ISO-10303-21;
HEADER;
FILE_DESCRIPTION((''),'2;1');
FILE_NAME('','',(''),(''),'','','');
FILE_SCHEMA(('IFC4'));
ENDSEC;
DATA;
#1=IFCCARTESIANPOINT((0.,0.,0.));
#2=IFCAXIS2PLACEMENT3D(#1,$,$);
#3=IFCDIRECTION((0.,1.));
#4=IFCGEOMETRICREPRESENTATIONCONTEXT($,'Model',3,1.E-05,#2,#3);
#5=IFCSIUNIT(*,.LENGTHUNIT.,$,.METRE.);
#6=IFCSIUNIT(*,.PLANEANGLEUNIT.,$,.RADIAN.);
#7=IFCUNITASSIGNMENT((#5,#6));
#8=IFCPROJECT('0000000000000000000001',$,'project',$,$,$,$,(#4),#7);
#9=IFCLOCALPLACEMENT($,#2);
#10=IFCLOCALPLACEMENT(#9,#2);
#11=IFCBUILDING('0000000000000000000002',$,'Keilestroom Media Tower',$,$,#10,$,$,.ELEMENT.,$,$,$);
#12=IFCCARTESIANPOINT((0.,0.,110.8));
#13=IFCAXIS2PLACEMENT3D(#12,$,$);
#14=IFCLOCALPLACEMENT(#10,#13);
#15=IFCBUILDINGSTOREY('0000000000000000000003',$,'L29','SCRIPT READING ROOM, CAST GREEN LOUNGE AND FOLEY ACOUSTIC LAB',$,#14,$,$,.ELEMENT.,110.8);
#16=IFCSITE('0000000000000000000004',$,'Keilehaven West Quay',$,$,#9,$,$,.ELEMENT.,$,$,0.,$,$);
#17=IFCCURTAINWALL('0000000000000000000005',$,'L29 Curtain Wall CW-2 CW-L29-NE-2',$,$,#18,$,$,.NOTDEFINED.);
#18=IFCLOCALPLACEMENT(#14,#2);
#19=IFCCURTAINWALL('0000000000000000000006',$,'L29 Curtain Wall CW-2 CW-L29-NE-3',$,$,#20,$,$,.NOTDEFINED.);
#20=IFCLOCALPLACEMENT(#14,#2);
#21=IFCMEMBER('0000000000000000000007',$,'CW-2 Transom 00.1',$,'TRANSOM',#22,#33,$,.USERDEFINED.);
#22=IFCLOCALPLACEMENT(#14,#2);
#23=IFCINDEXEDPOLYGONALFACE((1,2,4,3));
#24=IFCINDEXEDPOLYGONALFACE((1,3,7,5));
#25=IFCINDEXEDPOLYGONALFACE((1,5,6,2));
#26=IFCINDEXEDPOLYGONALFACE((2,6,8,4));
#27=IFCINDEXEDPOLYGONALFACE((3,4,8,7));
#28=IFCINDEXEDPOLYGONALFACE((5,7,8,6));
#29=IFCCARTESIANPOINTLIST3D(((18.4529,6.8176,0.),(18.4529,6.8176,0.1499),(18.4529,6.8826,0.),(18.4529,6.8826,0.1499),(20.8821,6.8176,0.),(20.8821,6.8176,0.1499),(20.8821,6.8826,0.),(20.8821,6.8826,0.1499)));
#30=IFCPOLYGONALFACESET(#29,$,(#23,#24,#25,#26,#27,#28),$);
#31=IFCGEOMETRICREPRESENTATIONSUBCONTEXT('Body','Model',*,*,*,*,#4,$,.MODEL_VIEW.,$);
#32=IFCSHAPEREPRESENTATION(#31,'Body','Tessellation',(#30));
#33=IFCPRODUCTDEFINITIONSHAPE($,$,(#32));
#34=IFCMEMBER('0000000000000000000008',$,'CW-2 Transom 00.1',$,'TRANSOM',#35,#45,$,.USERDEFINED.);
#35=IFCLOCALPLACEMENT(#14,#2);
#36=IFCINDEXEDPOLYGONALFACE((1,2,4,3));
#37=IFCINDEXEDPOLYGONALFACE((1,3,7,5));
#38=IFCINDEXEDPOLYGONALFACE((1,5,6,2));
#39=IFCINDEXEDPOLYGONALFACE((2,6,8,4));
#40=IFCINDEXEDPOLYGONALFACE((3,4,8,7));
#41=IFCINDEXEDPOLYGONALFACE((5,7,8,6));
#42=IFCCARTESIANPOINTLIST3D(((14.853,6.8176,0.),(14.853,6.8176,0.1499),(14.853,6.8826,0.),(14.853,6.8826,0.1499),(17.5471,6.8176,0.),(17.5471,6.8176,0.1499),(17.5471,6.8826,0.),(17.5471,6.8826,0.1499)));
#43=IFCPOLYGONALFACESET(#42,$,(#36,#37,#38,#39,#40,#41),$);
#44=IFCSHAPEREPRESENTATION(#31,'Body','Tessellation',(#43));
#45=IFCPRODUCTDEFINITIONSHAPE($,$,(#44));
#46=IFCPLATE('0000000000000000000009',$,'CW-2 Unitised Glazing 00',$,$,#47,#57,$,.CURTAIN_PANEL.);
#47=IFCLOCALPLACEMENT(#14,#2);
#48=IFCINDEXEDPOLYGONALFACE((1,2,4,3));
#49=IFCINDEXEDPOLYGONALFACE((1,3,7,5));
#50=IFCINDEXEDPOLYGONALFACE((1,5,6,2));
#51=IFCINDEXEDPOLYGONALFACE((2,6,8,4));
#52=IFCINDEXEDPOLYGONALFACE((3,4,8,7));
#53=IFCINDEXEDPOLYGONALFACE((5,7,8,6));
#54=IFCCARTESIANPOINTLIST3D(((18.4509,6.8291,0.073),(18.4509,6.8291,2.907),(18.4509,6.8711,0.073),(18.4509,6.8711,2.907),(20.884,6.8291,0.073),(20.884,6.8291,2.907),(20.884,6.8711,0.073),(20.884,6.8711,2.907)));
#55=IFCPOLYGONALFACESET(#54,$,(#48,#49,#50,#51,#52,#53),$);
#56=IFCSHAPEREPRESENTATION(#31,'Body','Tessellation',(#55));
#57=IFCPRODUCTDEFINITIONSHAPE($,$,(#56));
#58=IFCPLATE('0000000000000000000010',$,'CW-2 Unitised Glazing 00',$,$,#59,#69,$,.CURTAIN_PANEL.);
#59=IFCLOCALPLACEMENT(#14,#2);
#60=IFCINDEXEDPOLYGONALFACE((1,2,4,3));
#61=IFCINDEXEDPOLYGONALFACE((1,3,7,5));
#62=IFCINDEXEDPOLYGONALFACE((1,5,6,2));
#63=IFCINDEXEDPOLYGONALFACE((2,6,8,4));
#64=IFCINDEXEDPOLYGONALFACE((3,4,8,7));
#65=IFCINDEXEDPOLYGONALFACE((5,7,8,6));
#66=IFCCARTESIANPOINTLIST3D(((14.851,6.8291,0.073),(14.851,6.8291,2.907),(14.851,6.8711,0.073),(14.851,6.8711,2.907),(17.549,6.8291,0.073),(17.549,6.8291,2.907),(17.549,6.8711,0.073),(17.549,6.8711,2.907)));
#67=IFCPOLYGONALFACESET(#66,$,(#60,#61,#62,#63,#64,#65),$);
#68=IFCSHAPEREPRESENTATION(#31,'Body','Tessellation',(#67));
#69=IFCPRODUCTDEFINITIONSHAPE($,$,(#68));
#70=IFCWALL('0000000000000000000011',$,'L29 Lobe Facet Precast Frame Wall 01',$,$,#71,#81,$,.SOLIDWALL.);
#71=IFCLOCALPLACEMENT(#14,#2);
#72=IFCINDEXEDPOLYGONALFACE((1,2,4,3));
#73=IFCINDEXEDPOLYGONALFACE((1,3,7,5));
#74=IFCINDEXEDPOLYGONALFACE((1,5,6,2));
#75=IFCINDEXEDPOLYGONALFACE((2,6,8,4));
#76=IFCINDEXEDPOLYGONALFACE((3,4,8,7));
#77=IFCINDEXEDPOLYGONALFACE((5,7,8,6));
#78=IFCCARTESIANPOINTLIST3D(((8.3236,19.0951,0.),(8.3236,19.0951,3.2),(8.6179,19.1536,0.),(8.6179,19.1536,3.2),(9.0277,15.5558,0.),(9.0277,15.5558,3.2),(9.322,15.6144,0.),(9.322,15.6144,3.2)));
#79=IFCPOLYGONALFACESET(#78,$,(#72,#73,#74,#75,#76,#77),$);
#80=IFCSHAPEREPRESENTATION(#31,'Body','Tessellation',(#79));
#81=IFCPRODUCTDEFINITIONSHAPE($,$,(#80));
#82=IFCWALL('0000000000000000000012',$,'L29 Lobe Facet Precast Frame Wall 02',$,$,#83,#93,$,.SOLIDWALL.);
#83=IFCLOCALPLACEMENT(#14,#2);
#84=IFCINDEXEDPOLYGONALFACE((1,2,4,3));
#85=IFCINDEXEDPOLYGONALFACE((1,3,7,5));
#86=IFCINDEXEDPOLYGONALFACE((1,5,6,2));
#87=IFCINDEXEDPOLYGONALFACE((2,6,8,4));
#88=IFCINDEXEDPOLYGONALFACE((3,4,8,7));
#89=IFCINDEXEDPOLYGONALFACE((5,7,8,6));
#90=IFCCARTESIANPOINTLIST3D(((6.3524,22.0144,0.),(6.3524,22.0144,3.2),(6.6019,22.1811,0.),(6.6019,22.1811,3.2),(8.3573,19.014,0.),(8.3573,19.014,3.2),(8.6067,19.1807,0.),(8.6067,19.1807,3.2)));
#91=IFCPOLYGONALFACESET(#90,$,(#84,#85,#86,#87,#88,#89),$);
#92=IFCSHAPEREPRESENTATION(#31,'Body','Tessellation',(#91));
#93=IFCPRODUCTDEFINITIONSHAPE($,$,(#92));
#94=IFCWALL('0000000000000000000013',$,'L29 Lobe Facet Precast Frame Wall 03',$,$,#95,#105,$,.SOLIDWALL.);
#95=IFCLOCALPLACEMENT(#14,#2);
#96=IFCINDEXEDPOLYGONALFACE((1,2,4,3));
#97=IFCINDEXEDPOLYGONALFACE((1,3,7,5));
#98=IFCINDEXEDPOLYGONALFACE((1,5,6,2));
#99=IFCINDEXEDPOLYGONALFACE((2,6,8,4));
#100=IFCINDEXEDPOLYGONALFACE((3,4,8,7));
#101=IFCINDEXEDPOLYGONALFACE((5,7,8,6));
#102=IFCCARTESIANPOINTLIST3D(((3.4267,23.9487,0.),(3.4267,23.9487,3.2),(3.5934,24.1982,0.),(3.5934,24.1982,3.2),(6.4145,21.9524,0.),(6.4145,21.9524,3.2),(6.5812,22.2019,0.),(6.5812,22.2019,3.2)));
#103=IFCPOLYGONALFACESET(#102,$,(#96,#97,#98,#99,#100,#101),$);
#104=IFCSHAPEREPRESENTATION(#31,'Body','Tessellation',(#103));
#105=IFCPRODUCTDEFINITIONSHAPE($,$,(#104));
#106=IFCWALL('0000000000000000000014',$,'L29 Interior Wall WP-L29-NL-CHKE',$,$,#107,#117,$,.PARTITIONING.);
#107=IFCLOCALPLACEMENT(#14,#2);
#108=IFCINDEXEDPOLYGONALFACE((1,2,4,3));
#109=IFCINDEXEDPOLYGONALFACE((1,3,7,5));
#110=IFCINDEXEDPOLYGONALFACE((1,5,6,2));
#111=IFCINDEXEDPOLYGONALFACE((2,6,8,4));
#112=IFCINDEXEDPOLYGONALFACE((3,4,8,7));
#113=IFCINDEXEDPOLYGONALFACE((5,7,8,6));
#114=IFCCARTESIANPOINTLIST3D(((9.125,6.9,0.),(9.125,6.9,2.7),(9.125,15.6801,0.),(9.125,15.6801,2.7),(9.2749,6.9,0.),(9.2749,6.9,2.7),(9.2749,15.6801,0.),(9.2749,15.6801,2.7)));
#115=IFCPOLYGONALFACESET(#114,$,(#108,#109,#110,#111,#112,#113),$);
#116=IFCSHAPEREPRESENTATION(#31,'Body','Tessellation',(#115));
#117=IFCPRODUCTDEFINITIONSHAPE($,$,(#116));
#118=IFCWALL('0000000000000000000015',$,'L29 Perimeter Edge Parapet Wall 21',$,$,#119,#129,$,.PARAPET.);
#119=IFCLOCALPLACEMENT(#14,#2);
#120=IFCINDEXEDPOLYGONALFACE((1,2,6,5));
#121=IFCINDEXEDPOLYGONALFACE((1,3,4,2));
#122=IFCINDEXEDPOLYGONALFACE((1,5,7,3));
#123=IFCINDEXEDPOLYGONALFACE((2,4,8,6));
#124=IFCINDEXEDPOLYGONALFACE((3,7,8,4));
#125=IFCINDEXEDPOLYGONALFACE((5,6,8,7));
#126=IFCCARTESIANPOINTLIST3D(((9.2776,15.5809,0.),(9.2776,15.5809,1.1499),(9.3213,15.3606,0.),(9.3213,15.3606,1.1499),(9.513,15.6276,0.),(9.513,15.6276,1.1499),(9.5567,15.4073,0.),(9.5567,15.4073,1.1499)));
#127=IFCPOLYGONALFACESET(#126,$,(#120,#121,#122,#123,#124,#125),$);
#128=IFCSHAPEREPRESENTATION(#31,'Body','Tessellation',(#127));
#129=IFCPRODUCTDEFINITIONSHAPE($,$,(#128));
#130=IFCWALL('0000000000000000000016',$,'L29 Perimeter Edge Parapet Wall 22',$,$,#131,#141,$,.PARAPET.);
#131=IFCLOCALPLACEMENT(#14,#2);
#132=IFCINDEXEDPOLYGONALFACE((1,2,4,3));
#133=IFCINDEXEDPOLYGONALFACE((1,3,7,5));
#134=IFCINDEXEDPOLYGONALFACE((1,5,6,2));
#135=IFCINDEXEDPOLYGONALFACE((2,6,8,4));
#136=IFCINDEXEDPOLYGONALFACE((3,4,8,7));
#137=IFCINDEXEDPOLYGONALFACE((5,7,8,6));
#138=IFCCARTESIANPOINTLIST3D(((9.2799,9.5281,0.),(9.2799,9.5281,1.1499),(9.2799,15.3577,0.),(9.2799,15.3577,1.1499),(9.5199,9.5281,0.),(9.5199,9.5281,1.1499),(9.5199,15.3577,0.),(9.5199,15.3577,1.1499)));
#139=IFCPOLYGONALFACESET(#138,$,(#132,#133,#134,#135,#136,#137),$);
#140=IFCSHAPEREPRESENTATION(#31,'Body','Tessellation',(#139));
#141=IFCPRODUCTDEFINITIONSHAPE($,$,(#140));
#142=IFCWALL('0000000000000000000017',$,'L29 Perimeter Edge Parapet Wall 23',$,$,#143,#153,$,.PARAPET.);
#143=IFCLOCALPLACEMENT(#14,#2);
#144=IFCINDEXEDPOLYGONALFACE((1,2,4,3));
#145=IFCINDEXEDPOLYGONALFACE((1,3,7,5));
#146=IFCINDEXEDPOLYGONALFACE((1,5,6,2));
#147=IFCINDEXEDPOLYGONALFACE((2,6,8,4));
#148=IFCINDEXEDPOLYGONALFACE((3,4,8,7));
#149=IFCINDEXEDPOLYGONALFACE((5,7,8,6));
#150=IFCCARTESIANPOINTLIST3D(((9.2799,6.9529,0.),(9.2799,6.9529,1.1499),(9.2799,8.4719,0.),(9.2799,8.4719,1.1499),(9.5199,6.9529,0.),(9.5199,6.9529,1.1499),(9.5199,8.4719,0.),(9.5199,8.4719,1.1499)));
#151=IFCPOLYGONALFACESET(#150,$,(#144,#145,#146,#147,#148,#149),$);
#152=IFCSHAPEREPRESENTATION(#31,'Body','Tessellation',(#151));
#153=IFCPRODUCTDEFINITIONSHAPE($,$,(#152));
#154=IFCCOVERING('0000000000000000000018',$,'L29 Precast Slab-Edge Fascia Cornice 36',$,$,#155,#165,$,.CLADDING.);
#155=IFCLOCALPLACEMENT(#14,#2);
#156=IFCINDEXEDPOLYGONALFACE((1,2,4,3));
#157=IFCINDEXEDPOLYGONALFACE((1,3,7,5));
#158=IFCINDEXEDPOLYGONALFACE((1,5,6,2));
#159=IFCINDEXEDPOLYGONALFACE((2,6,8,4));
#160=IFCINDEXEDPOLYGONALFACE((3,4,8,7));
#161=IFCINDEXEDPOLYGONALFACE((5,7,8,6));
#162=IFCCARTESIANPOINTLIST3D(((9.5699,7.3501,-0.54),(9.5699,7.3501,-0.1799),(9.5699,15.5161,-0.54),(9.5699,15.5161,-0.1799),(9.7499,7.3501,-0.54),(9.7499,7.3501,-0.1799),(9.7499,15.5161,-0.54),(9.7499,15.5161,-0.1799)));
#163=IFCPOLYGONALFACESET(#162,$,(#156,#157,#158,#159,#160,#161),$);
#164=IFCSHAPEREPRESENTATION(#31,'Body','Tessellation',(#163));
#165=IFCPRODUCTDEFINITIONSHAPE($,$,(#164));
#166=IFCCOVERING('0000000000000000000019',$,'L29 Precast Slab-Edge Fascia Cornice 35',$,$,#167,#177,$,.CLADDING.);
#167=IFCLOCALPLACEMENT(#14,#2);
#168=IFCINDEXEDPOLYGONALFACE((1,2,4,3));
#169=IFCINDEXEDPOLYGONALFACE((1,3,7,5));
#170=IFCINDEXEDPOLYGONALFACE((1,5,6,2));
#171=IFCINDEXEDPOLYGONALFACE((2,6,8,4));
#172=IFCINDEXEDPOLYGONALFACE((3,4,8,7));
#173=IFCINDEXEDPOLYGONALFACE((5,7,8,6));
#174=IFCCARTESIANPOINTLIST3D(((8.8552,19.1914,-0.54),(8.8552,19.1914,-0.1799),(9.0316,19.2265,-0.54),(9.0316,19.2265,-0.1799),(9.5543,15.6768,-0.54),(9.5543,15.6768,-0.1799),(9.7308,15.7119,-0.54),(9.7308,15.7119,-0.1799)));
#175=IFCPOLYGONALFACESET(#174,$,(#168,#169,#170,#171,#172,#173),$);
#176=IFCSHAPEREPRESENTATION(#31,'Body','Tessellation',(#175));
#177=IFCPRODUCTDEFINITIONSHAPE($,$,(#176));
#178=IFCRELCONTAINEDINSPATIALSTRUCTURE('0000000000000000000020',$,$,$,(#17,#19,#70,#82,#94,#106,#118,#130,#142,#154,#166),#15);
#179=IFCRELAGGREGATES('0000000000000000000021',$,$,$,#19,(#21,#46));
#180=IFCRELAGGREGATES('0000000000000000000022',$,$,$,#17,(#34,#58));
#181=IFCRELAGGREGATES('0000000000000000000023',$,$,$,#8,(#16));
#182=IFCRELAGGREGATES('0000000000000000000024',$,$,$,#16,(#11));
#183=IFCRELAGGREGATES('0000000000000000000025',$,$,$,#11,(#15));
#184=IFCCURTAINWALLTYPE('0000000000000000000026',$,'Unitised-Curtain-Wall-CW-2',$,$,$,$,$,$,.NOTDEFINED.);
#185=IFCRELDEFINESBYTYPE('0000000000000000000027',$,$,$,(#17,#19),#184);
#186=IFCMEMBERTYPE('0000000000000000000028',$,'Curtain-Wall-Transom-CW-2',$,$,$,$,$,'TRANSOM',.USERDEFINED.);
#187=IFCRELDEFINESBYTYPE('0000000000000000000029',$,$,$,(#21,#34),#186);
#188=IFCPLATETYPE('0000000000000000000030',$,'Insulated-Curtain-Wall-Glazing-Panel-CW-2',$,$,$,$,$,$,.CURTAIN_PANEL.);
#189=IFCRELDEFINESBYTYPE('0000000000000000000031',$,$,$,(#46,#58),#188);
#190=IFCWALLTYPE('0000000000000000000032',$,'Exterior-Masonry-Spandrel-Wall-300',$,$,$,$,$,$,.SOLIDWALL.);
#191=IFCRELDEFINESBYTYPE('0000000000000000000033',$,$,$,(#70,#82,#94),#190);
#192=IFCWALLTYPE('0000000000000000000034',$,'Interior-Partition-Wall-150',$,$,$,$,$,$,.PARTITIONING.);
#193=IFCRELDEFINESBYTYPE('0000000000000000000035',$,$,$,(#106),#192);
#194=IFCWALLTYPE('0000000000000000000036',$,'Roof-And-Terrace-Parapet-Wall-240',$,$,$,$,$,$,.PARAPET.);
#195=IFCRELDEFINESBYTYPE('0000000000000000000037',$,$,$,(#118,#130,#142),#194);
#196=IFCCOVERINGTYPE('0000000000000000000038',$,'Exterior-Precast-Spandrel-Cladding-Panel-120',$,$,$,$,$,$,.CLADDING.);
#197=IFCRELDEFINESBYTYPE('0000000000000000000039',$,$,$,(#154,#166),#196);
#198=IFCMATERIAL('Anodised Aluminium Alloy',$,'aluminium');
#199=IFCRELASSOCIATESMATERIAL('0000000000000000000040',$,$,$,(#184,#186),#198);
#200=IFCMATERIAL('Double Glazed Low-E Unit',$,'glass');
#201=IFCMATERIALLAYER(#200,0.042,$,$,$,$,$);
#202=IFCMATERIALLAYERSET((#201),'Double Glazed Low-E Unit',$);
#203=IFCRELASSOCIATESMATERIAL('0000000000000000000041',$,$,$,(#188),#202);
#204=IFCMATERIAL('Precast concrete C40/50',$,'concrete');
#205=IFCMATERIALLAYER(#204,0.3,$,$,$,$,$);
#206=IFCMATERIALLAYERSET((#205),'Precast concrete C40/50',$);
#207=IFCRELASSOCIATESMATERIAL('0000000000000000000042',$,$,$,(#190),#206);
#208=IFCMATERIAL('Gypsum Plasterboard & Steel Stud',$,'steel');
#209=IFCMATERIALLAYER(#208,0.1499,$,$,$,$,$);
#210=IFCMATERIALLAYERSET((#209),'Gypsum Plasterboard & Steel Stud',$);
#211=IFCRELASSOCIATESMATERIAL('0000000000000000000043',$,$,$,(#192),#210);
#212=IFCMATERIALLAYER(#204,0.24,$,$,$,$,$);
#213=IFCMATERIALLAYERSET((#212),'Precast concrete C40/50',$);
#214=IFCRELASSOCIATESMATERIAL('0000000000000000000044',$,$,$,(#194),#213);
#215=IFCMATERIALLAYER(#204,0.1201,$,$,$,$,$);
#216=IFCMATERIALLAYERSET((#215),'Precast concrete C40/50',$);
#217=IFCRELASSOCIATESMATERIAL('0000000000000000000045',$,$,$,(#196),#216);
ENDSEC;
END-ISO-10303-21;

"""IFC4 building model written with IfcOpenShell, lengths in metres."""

from ifc_helpers import new_model, si_unit, direction, frame, frame_2d, origin, origin_2d, place, context, subcontext, project, spatial, rectangle, extrude, source, transform, mapped, material, layer, layer_set, material_profile, profile_set, type_object, element, aggregate, save


model = new_model("IFC4")

# Units and contexts
model_context = context("Model", 3, precision=1e-05, world=origin(), true_north=direction((0.0, 1.0)))
body_context = subcontext(model_context, "Body", "Model", "MODEL_VIEW")
ifc_project = project(units=[si_unit("LENGTHUNIT", "METRE"), si_unit("PLANEANGLEUNIT", "RADIAN")], contexts=[model_context])

# Site, building, storey
site_placement = place(None, origin())
site = spatial("IfcSite", under=ifc_project, at=site_placement, Name="Keilehaven West Quay", CompositionType="ELEMENT", RefElevation=0.0)
building_placement = place(site_placement, origin())
building = spatial("IfcBuilding", under=site, at=building_placement, Name="Keilestroom Media Tower", CompositionType="ELEMENT")
storey_placement = place(building_placement, frame((0.0, 0.0, 110.8)))
storey = spatial("IfcBuildingStorey", under=building, at=storey_placement, Name="L29", Description="SCRIPT READING ROOM, CAST GREEN LOUNGE AND FOLEY ACOUSTIC LAB", CompositionType="ELEMENT", Elevation=110.8)

# Shared definitions
ifc_material_1 = material(Name="Precast concrete C40/50", Category="concrete")

# Curtain wall
ifc_material_2 = material(Name="Anodised Aluminium Alloy", Category="aluminium")
curtain_wall_type = type_object("IfcCurtainWallType", Name="Unitised-Curtain-Wall-CW-2", PredefinedType="NOTDEFINED", material=ifc_material_2)
curtain_wall_1_placement = place(storey_placement, origin())
curtain_wall_1 = element("IfcCurtainWall", 1, at=curtain_wall_1_placement, inside=storey, type_object=curtain_wall_type, Name="L29 Curtain Wall CW-2 CW-L29-NE-2", PredefinedType="NOTDEFINED")

# Curtain wall, member
curtain_wall_2_placement = place(storey_placement, origin())
curtain_wall_2 = element("IfcCurtainWall", 2, at=curtain_wall_2_placement, inside=storey, type_object=curtain_wall_type, Name="L29 Curtain Wall CW-2 CW-L29-NE-3", PredefinedType="NOTDEFINED")
ifc_material_profile_1 = material_profile(ifc_material_2, rectangle(XDim=0.0649, YDim=0.1499, at=origin_2d()), Name="ALU TRANSOM 65x150")
ifc_profile_set_1 = profile_set([ifc_material_profile_1], Name="Anodised Aluminium Alloy")
member_type_1 = type_object("IfcMemberType", Name="Curtain-Wall-Transom-CW-2", ElementType="TRANSOM", PredefinedType="USERDEFINED", material=ifc_profile_set_1)
shared_shape_1 = source(origin(), body_context, "Body", "SweptSolid", [
    extrude(rectangle(XDim=0.0649, YDim=0.1499, at=origin_2d()), origin(), (0.0, 0.0, 1.0), 2.4292),
])
member_1_placement = place(storey_placement, frame((18.4529, 6.8501, 0.075), z_axis=(1.0, 0.0, 0.0), x_axis=(0.0, 1.0, 0.0)))
member_1 = element("IfcMember", 3, at=member_1_placement, type_object=member_type_1, Name="CW-2 Transom 00.1", ObjectType="TRANSOM", PredefinedType="USERDEFINED", context=body_context, shape_type="MappedRepresentation", body=[
    mapped(shared_shape_1, transform((0.0, 0.0, 0.0), x_axis=(1.0, 0.0, 0.0), y_axis=(0.0, 1.0, 0.0), z_axis=(0.0, 0.0, 1.0), scale=1.0)),
])

# Member
shared_shape_2 = source(origin(), body_context, "Body", "SweptSolid", [
    extrude(rectangle(XDim=0.0649, YDim=0.1499, at=origin_2d()), origin(), (0.0, 0.0, 1.0), 2.6941),
])
member_2_placement = place(storey_placement, frame((14.853, 6.8501, 0.075), z_axis=(1.0, 0.0, 0.0), x_axis=(0.0, 1.0, 0.0)))
member_2 = element("IfcMember", 4, at=member_2_placement, type_object=member_type_1, Name="CW-2 Transom 00.1", ObjectType="TRANSOM", PredefinedType="USERDEFINED", context=body_context, shape_type="MappedRepresentation", body=[
    mapped(shared_shape_2, transform((0.0, 0.0, 0.0), x_axis=(1.0, 0.0, 0.0), y_axis=(0.0, 1.0, 0.0), z_axis=(0.0, 0.0, 1.0), scale=1.0)),
])

# Plates
ifc_material_3 = material(Name="Double Glazed Low-E Unit", Category="glass")
ifc_layer_1 = layer(ifc_material_3, 0.042)
ifc_layer_set_1 = layer_set([ifc_layer_1], Name="Double Glazed Low-E Unit")
plate_type = type_object("IfcPlateType", Name="Insulated-Curtain-Wall-Glazing-Panel-CW-2", PredefinedType="CURTAIN_PANEL", material=ifc_layer_set_1)
shared_shape_3 = source(origin(), body_context, "Body", "SweptSolid", [
    extrude(rectangle(XDim=2.4331, YDim=0.042, at=origin_2d()), origin(), (0.0, 0.0, 1.0), 2.834),
])
plate_1_placement = place(storey_placement, frame((19.6675, 6.8501, 0.073), z_axis=(0.0, 0.0, 1.0), x_axis=(1.0, 0.0, 0.0)))
plate_1 = element("IfcPlate", 5, at=plate_1_placement, type_object=plate_type, Name="CW-2 Unitised Glazing 00", PredefinedType="CURTAIN_PANEL", context=body_context, shape_type="MappedRepresentation", body=[
    mapped(shared_shape_3, transform((0.0, 0.0, 0.0), x_axis=(1.0, 0.0, 0.0), y_axis=(0.0, 1.0, 0.0), z_axis=(0.0, 0.0, 1.0), scale=1.0)),
])
aggregate(curtain_wall_2, [member_1, plate_1])
shared_shape_4 = source(origin(), body_context, "Body", "SweptSolid", [
    extrude(rectangle(XDim=2.698, YDim=0.042, at=origin_2d()), origin(), (0.0, 0.0, 1.0), 2.834),
])
plate_2_placement = place(storey_placement, frame((16.2, 6.8501, 0.073), z_axis=(0.0, 0.0, 1.0), x_axis=(1.0, 0.0, 0.0)))
plate_2 = element("IfcPlate", 6, at=plate_2_placement, type_object=plate_type, Name="CW-2 Unitised Glazing 00", PredefinedType="CURTAIN_PANEL", context=body_context, shape_type="MappedRepresentation", body=[
    mapped(shared_shape_4, transform((0.0, 0.0, 0.0), x_axis=(1.0, 0.0, 0.0), y_axis=(0.0, 1.0, 0.0), z_axis=(0.0, 0.0, 1.0), scale=1.0)),
])
aggregate(curtain_wall_1, [member_2, plate_2])

# Walls
ifc_layer_2 = layer(ifc_material_1, 0.3)
ifc_layer_set_2 = layer_set([ifc_layer_2], Name="Precast concrete C40/50")
wall_type_1 = type_object("IfcWallType", Name="Exterior-Masonry-Spandrel-Wall-300", PredefinedType="SOLIDWALL", material=ifc_layer_set_2)
for number, where, z_axis, x_axis, name in (
    (7, (9.1748, 15.5852, 0.0), (0.0, 0.0, 1.0), (-0.195114, 0.980781, 0.0), "L29 Lobe Facet Precast Frame Wall 01"),
    (8, (8.4819, 19.0974, 0.0), (0.0, 0.0, 1.0), (-0.555574, 0.831467, 0.0), "L29 Lobe Facet Precast Frame Wall 02"),
):
    element("IfcWall", number, at=place(storey_placement, frame(where, z_axis=z_axis, x_axis=x_axis)), inside=storey, type_object=wall_type_1, Name=name, PredefinedType="SOLIDWALL", context=body_context, shape_type="SweptSolid", body=[
        extrude(rectangle(XDim=3.6086, YDim=0.3, at=frame_2d((1.8042, 0.0))), origin(), (0.0, 0.0, 1.0), 3.2),
    ])
wall_1_placement = place(storey_placement, frame((6.4978, 22.0771, 0.0), z_axis=(0.0, 0.0, 1.0), x_axis=(-0.831475, 0.555562, 0.0)))
element("IfcWall", 9, at=wall_1_placement, inside=storey, type_object=wall_type_1, Name="L29 Lobe Facet Precast Frame Wall 03", PredefinedType="SOLIDWALL", context=body_context, shape_type="SweptSolid", body=[
    extrude(rectangle(XDim=3.5933, YDim=0.3, at=frame_2d((1.7966, 0.0))), origin(), (0.0, 0.0, 1.0), 3.2),
])
ifc_material_4 = material(Name="Gypsum Plasterboard & Steel Stud", Category="steel")
ifc_layer_3 = layer(ifc_material_4, 0.1499)
ifc_layer_set_3 = layer_set([ifc_layer_3], Name="Gypsum Plasterboard & Steel Stud")
wall_type_2 = type_object("IfcWallType", Name="Interior-Partition-Wall-150", PredefinedType="PARTITIONING", material=ifc_layer_set_3)
wall_2_placement = place(storey_placement, frame((9.2, 6.8999, 0.0), z_axis=(0.0, 0.0, 1.0), x_axis=(0.0, 1.0, 0.0)))
element("IfcWall", 10, at=wall_2_placement, inside=storey, type_object=wall_type_2, Name="L29 Interior Wall WP-L29-NL-CHKE", PredefinedType="PARTITIONING", context=body_context, shape_type="SweptSolid", body=[
    extrude(rectangle(XDim=8.78, YDim=0.1499, at=frame_2d((4.3901, 0.0))), origin(), (0.0, 0.0, 1.0), 2.7),
])
ifc_layer_4 = layer(ifc_material_1, 0.24)
ifc_layer_set_4 = layer_set([ifc_layer_4], Name="Precast concrete C40/50")
wall_type_3 = type_object("IfcWallType", Name="Roof-And-Terrace-Parapet-Wall-240", PredefinedType="PARAPET", material=ifc_layer_set_4)
wall_3_placement = place(storey_placement, frame((9.3953, 15.6042, 0.0), z_axis=(0.0, 0.0, 1.0), x_axis=(0.194652, -0.980872, 0.0)))
element("IfcWall", 11, at=wall_3_placement, inside=storey, type_object=wall_type_3, Name="L29 Perimeter Edge Parapet Wall 21", PredefinedType="PARAPET", context=body_context, shape_type="SweptSolid", body=[
    extrude(rectangle(XDim=0.2246, YDim=0.24, at=frame_2d((0.1123, 0.0))), origin(), (0.0, 0.0, 1.0), 1.1499),
])
wall_4_placement = place(storey_placement, frame((9.3999, 15.3577, 0.0), z_axis=(0.0, 0.0, 1.0), x_axis=(0.0, -1.0, 0.0)))
element("IfcWall", 12, at=wall_4_placement, inside=storey, type_object=wall_type_3, Name="L29 Perimeter Edge Parapet Wall 22", PredefinedType="PARAPET", context=body_context, shape_type="SweptSolid", body=[
    extrude(rectangle(XDim=5.8296, YDim=0.24, at=frame_2d((2.9148, 0.0))), origin(), (0.0, 0.0, 1.0), 1.1499),
])
wall_5_placement = place(storey_placement, frame((9.3999, 8.4719, 0.0), z_axis=(0.0, 0.0, 1.0), x_axis=(0.0, -1.0, 0.0)))
element("IfcWall", 13, at=wall_5_placement, inside=storey, type_object=wall_type_3, Name="L29 Perimeter Edge Parapet Wall 23", PredefinedType="PARAPET", context=body_context, shape_type="SweptSolid", body=[
    extrude(rectangle(XDim=1.519, YDim=0.24, at=frame_2d((0.7595, 0.0))), origin(), (0.0, 0.0, 1.0), 1.1499),
])

# Coverings
ifc_layer_5 = layer(ifc_material_1, 0.1201)
ifc_layer_set_5 = layer_set([ifc_layer_5], Name="Precast concrete C40/50")
covering_type = type_object("IfcCoveringType", Name="Exterior-Precast-Spandrel-Cladding-Panel-120", PredefinedType="CLADDING", material=ifc_layer_set_5)
shared_shape_5 = source(origin(), body_context, "Body", "SweptSolid", [
    extrude(rectangle(XDim=8.166, YDim=0.1799, at=origin_2d()), origin(), (0.0, 0.0, 1.0), 0.3601),
])
covering_1_placement = place(storey_placement, frame((9.6599, 11.4331, -0.54), z_axis=(0.0, 0.0, 1.0), x_axis=(0.0, -1.0, 0.0)))
element("IfcCovering", 14, at=covering_1_placement, inside=storey, type_object=covering_type, Name="L29 Precast Slab-Edge Fascia Cornice 36", PredefinedType="CLADDING", context=body_context, shape_type="MappedRepresentation", body=[
    mapped(shared_shape_5, transform((0.0, 0.0, 0.0), x_axis=(1.0, 0.0, 0.0), y_axis=(0.0, 1.0, 0.0), z_axis=(0.0, 0.0, 1.0), scale=1.0)),
])
shared_shape_6 = source(origin(), body_context, "Body", "SweptSolid", [
    extrude(rectangle(XDim=3.5835, YDim=0.1799, at=origin_2d()), origin(), (0.0, 0.0, 1.0), 0.3601),
])
covering_2_placement = place(storey_placement, frame((9.293, 17.4517, -0.54), z_axis=(0.0, 0.0, 1.0), x_axis=(0.195099, -0.980784, 0.0)))
element("IfcCovering", 15, at=covering_2_placement, inside=storey, type_object=covering_type, Name="L29 Precast Slab-Edge Fascia Cornice 35", PredefinedType="CLADDING", context=body_context, shape_type="MappedRepresentation", body=[
    mapped(shared_shape_6, transform((0.0, 0.0, 0.0), x_axis=(1.0, 0.0, 0.0), y_axis=(0.0, 1.0, 0.0), z_axis=(0.0, 0.0, 1.0), scale=1.0)),
])

save(model, "model.ifc")
